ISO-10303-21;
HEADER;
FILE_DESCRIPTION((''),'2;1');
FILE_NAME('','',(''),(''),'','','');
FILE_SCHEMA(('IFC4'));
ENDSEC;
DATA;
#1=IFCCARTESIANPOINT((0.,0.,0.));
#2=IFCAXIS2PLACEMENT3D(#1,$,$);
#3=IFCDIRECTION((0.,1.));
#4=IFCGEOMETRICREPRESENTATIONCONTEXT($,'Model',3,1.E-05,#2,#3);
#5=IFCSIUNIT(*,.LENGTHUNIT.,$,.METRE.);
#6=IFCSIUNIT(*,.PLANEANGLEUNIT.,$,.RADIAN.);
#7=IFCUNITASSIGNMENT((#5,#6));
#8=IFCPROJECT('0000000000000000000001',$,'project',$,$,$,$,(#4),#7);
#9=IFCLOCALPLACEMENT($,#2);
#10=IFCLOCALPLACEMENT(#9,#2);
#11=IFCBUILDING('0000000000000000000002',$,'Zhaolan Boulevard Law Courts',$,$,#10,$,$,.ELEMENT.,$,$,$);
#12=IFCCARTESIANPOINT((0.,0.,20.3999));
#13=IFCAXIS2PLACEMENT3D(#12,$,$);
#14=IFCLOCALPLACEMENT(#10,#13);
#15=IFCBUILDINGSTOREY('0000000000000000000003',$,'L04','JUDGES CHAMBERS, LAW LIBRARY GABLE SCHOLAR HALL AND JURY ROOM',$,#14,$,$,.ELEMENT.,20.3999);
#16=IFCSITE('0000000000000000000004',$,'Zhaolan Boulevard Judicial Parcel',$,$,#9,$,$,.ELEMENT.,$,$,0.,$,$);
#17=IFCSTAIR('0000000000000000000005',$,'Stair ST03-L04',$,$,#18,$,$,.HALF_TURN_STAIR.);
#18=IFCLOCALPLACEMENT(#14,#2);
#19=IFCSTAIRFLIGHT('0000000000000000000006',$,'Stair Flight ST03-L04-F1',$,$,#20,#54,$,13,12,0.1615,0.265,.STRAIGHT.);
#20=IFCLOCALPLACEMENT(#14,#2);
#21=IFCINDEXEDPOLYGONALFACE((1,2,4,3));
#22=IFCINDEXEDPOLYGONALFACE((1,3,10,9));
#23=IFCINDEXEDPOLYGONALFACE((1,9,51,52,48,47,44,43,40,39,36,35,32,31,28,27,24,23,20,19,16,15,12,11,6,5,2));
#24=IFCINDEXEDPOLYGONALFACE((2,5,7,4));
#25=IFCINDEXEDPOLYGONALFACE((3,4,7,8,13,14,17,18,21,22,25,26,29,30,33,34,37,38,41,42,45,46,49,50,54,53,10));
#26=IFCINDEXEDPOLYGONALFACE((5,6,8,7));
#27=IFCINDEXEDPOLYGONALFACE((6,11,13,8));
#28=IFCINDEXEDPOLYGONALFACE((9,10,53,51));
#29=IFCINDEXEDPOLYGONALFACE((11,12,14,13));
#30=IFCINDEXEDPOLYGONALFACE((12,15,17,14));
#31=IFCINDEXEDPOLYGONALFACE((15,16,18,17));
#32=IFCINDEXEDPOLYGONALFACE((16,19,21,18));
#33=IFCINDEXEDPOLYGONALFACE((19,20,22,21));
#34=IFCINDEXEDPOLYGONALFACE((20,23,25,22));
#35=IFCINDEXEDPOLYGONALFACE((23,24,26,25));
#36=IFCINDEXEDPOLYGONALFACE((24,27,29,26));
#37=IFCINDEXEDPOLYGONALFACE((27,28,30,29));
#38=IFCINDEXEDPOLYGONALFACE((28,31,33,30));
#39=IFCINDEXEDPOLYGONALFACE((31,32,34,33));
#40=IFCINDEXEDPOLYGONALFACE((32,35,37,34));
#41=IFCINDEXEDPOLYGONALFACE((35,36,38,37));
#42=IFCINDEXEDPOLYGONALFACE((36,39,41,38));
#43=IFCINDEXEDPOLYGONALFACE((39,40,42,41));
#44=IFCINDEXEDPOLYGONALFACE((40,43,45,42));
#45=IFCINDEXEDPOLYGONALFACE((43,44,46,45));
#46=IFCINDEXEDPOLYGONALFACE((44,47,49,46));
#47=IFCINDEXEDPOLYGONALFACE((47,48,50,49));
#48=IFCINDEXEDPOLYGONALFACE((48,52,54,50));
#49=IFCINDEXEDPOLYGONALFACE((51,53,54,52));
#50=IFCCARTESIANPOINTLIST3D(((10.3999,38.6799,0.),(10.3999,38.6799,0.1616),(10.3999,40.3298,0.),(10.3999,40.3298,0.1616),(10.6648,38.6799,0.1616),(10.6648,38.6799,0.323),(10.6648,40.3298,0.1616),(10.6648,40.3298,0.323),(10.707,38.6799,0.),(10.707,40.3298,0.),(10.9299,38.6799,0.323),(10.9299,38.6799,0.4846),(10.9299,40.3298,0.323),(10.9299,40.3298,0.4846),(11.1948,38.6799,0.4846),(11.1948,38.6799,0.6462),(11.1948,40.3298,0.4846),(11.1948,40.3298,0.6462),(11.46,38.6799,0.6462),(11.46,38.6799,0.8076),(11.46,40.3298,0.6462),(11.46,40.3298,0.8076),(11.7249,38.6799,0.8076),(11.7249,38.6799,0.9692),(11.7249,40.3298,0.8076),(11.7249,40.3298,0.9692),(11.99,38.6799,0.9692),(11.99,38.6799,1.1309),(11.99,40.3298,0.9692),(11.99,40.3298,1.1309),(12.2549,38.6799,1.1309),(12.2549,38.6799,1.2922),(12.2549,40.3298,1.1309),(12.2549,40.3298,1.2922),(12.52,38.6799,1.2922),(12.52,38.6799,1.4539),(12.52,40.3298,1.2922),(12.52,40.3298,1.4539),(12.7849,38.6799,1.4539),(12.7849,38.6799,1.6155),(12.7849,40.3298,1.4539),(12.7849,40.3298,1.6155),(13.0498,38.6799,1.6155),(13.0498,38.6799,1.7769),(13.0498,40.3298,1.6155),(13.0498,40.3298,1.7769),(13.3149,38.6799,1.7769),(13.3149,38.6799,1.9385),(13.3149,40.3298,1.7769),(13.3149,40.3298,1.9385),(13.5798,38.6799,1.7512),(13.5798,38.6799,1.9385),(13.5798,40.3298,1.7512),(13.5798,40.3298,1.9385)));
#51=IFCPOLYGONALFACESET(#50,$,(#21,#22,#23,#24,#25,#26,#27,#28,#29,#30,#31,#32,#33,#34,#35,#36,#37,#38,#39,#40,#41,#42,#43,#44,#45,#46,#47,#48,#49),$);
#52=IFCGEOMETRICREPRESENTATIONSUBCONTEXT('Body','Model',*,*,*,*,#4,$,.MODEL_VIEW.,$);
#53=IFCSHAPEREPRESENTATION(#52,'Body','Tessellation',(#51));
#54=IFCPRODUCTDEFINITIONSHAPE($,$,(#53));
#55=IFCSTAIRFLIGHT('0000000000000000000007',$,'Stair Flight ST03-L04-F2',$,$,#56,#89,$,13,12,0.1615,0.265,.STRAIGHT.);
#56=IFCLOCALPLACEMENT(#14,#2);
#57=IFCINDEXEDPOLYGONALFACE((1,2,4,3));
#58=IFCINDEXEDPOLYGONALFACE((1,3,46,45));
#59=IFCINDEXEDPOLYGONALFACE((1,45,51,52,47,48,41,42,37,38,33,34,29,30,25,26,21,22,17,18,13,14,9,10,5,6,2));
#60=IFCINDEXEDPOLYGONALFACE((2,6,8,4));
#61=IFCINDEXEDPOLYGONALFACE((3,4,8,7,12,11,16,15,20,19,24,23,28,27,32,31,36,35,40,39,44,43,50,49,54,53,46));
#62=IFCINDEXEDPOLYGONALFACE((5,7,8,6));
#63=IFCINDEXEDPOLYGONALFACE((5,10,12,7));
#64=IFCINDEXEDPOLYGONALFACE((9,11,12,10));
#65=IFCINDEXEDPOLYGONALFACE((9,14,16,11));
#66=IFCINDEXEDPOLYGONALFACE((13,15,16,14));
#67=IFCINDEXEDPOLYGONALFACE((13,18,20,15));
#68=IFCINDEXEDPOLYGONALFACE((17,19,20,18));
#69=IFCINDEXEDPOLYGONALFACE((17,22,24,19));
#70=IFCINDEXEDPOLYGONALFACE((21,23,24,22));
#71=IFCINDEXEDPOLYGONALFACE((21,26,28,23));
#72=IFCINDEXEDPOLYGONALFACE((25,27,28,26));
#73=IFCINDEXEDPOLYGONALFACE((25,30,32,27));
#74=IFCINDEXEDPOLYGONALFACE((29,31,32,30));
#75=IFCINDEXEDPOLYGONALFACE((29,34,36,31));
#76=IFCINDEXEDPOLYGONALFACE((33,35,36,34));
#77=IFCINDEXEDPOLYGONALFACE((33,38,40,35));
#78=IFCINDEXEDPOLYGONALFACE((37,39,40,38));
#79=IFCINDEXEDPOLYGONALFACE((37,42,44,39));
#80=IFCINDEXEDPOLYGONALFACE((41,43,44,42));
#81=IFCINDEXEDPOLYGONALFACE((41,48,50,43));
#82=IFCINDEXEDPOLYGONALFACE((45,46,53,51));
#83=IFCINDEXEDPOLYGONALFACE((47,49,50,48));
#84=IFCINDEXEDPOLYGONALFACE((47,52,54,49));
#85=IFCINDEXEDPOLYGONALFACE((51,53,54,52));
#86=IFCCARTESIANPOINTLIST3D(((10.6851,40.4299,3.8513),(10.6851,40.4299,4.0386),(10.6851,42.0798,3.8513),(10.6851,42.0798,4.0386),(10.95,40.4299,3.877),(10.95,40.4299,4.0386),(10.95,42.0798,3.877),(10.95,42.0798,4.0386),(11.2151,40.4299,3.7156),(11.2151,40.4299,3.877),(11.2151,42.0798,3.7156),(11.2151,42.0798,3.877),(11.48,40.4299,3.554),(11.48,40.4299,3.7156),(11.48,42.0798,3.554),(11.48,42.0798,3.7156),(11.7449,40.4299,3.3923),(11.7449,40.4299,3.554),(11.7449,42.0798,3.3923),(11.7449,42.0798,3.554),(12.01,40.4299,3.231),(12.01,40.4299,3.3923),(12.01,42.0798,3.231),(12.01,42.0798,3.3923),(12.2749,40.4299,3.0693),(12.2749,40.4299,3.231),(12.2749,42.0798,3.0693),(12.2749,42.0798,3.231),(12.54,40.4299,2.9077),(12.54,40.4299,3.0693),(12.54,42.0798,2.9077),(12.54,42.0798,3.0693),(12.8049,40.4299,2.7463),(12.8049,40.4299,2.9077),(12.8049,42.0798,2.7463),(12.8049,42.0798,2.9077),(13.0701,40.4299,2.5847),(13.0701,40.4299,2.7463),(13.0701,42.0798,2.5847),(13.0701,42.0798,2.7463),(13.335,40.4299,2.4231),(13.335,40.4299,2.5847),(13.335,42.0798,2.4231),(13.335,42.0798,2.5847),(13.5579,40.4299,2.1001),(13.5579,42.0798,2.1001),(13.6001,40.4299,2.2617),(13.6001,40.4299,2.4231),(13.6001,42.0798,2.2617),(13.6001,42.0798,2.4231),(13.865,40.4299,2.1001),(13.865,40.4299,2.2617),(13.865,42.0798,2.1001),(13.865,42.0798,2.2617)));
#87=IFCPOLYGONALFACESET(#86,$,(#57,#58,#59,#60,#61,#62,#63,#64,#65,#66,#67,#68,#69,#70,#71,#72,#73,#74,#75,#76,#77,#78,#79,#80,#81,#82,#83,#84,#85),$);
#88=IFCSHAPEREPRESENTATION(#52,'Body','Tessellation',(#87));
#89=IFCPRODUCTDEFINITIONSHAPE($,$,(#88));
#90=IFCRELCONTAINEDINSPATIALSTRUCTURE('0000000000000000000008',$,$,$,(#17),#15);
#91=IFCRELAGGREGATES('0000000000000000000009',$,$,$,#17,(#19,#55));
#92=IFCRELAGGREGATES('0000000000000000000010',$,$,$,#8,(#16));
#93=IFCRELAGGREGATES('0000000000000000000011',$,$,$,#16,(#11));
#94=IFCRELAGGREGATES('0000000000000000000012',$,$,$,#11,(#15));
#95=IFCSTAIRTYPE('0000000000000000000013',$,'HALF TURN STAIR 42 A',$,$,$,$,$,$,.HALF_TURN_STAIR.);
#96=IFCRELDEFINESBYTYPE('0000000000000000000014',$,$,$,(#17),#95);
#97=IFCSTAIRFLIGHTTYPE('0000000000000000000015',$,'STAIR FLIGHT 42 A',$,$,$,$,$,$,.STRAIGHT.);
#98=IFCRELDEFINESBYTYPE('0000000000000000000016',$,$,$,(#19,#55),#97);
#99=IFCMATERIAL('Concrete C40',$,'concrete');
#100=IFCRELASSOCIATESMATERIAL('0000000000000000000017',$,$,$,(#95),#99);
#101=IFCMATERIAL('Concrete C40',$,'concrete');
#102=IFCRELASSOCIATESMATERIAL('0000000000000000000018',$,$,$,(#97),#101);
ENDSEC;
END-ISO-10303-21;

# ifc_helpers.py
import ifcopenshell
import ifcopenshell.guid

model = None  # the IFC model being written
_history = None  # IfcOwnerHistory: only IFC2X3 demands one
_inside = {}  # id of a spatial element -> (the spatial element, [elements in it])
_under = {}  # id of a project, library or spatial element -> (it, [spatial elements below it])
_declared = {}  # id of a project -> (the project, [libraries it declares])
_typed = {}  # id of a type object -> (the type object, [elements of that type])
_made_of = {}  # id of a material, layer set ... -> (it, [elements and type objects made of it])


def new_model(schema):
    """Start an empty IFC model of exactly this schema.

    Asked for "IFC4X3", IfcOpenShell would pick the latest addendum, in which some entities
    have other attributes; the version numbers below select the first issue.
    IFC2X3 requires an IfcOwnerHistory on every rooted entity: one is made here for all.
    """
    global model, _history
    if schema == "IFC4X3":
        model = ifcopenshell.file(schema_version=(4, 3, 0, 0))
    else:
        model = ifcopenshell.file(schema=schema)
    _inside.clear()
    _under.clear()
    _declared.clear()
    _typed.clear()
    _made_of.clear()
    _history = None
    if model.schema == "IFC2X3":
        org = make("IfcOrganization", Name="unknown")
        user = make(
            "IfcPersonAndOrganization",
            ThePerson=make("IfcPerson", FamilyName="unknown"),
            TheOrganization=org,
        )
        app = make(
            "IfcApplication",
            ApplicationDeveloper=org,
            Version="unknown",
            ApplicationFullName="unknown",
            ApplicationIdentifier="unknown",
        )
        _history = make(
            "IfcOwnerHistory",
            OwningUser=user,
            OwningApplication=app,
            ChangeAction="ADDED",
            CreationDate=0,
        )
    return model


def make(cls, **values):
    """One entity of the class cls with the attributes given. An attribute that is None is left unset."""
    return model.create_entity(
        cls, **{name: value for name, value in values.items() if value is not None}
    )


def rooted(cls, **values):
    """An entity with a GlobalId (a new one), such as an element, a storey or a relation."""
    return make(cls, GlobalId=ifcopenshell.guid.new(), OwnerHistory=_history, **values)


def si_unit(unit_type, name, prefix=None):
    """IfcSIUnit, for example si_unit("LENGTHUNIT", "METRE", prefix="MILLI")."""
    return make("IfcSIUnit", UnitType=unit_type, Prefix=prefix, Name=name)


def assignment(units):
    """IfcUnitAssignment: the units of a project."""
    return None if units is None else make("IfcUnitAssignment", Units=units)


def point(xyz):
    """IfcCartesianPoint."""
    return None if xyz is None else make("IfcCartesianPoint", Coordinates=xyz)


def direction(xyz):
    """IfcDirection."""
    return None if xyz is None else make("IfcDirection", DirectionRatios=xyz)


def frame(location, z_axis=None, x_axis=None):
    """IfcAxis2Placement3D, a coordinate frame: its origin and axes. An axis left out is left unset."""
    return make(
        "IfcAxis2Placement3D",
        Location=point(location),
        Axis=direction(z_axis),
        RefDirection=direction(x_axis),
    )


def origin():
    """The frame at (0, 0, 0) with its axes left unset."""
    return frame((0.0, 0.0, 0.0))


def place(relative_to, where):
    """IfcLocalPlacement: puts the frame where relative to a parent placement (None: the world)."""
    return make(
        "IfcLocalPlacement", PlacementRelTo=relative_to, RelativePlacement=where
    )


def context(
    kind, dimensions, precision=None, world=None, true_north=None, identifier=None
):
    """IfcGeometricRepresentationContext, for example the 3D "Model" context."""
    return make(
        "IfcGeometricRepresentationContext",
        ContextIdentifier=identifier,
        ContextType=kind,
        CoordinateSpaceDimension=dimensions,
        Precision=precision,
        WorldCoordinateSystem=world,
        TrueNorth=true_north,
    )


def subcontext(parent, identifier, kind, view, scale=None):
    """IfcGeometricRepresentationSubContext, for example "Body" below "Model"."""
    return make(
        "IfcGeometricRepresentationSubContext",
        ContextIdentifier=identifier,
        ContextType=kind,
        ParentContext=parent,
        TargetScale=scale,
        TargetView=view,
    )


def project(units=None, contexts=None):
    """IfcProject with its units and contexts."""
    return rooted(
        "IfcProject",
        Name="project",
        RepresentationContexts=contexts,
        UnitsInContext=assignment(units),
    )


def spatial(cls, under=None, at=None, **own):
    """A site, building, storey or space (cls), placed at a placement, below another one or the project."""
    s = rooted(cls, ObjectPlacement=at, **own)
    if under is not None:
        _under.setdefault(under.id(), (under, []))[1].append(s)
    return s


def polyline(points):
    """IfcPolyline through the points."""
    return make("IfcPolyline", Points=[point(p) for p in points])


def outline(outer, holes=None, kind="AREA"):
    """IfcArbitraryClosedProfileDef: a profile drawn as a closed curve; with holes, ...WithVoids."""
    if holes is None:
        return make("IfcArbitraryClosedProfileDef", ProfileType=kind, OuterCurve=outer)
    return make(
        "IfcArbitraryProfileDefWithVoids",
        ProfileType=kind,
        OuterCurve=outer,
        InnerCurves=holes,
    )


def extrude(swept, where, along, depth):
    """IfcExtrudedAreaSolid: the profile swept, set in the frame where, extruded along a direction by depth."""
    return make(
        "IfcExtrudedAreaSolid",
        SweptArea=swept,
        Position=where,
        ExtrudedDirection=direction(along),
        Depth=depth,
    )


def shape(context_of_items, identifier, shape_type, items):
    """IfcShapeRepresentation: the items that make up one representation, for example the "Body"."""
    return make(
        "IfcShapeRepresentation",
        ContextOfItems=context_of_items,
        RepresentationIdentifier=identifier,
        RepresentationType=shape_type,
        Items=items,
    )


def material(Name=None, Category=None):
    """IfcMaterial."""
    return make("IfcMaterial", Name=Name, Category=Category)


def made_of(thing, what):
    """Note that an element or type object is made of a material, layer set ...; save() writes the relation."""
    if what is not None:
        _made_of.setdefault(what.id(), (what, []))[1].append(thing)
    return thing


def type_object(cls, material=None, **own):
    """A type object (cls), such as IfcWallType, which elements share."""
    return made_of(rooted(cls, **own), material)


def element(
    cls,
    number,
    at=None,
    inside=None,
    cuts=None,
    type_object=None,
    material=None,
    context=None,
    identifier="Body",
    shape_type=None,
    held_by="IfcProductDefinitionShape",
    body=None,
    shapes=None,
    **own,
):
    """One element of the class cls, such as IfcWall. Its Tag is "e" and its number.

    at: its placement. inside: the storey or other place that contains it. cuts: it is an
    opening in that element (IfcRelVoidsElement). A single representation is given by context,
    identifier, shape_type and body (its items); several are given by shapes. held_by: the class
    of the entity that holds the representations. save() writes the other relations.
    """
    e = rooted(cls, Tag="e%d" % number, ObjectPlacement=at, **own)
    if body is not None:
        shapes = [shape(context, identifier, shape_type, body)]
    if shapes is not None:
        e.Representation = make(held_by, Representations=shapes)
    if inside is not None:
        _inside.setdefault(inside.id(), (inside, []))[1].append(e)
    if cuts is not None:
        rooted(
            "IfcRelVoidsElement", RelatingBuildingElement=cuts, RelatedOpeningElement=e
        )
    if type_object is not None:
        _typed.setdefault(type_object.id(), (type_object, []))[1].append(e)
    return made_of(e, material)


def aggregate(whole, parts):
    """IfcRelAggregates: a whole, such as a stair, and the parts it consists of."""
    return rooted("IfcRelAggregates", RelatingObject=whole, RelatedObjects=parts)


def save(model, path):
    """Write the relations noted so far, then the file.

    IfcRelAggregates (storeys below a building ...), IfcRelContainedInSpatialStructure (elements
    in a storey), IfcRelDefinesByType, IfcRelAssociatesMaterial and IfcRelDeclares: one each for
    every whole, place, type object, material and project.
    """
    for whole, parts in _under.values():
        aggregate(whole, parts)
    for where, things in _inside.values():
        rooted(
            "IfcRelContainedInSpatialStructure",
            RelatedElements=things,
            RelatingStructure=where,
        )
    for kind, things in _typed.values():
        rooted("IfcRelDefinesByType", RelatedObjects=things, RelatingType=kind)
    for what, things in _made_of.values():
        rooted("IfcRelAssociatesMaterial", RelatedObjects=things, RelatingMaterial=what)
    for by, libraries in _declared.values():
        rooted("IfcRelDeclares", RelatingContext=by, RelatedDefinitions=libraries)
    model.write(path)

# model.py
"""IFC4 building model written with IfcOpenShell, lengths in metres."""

from ifc_helpers import new_model, si_unit, direction, frame, origin, place, context, subcontext, project, spatial, polyline, outline, extrude, material, type_object, element, aggregate, save


model = new_model("IFC4")

# Units and contexts
model_context = context("Model", 3, precision=1e-05, world=origin(), true_north=direction((0.0, 1.0)))
body_context = subcontext(model_context, "Body", "Model", "MODEL_VIEW")
ifc_project = project(units=[si_unit("LENGTHUNIT", "METRE"), si_unit("PLANEANGLEUNIT", "RADIAN")], contexts=[model_context])

# Site, building, storey
site_placement = place(None, origin())
site = spatial("IfcSite", under=ifc_project, at=site_placement, Name="Zhaolan Boulevard Judicial Parcel", CompositionType="ELEMENT", RefElevation=0.0)
building_placement = place(site_placement, origin())
building = spatial("IfcBuilding", under=site, at=building_placement, Name="Zhaolan Boulevard Law Courts", CompositionType="ELEMENT")
storey_placement = place(building_placement, frame((0.0, 0.0, 20.3999)))
storey = spatial("IfcBuildingStorey", under=building, at=storey_placement, Name="L04", Description="JUDGES CHAMBERS, LAW LIBRARY GABLE SCHOLAR HALL AND JURY ROOM", CompositionType="ELEMENT", Elevation=20.3999)

# Stair, stair flights
ifc_material_1 = material(Name="Concrete C40", Category="concrete")
stair_type = type_object("IfcStairType", Name="HALF TURN STAIR 42 A", PredefinedType="HALF_TURN_STAIR", material=ifc_material_1)
stair_placement = place(storey_placement, origin())
stair = element("IfcStair", 1, at=stair_placement, inside=storey, type_object=stair_type, Name="Stair ST03-L04", PredefinedType="HALF_TURN_STAIR")
ifc_material_2 = material(Name="Concrete C40", Category="concrete")
stair_flight_type = type_object("IfcStairFlightType", Name="STAIR FLIGHT 42 A", PredefinedType="STRAIGHT", material=ifc_material_2)
stair_flight_1_placement = place(storey_placement, frame((10.3999, 39.5049, 0.0), z_axis=(0.0, 0.0, 1.0), x_axis=(1.0, 0.0, 0.0)))
stair_flight_1 = element("IfcStairFlight", 2, at=stair_flight_1_placement, type_object=stair_flight_type, Name="Stair Flight ST03-L04-F1", NumberOfRisers=13, NumberOfTreads=12, PredefinedType="STRAIGHT", RiserHeight=0.1615, TreadLength=0.265, context=body_context, shape_type="SweptSolid", body=[
    extrude(outline(polyline([(0.0, 0.0), (0.0, 0.1616), (0.2649, 0.1616), (0.2649, 0.323), (0.53, 0.323), (0.53, 0.4846), (0.7949, 0.4846), (0.7949, 0.6462), (1.0601, 0.6462), (1.0601, 0.8076), (1.325, 0.8076), (1.325, 0.9692), (1.5901, 0.9692), (1.5901, 1.1309), (1.855, 1.1309), (1.855, 1.2922), (2.1201, 1.2922), (2.1201, 1.4539), (2.385, 1.4539), (2.385, 1.6155), (2.6499, 1.6155), (2.6499, 1.7769), (2.915, 1.7769), (2.915, 1.9385), (3.1799, 1.9385), (3.1799, 2.1001), (3.1799, 1.7512), (0.3071, 0.0), (0.0, 0.0)])), frame((0.0, 0.825, 0.0), z_axis=(0.0, -1.0, 0.0), x_axis=(1.0, 0.0, 0.0)), (0.0, 0.0, 1.0), 1.6499),
])
stair_flight_2_placement = place(storey_placement, frame((13.865, 41.2549, 2.1001), z_axis=(0.0, 0.0, 1.0), x_axis=(-1.0, 0.0, 0.0)))
stair_flight_2 = element("IfcStairFlight", 3, at=stair_flight_2_placement, type_object=stair_flight_type, Name="Stair Flight ST03-L04-F2", NumberOfRisers=13, NumberOfTreads=12, PredefinedType="STRAIGHT", RiserHeight=0.1615, TreadLength=0.265, context=body_context, shape_type="SweptSolid", body=[
    extrude(outline(polyline([(0.0, 0.0), (0.0, 0.1616), (0.2649, 0.1616), (0.2649, 0.323), (0.53, 0.323), (0.53, 0.4846), (0.7949, 0.4846), (0.7949, 0.6462), (1.0601, 0.6462), (1.0601, 0.8076), (1.325, 0.8076), (1.325, 0.9692), (1.5901, 0.9692), (1.5901, 1.1309), (1.855, 1.1309), (1.855, 1.2922), (2.1201, 1.2922), (2.1201, 1.4539), (2.385, 1.4539), (2.385, 1.6155), (2.6499, 1.6155), (2.6499, 1.7769), (2.915, 1.7769), (2.915, 1.9385), (3.1799, 1.9385), (3.1799, 2.1001), (3.1799, 1.7512), (0.3071, 0.0), (0.0, 0.0)])), frame((0.0, 0.825, 0.0), z_axis=(0.0, -1.0, 0.0), x_axis=(1.0, 0.0, 0.0)), (0.0, 0.0, 1.0), 1.6499),
])
aggregate(stair, [stair_flight_1, stair_flight_2])

save(model, "model.ifc")
